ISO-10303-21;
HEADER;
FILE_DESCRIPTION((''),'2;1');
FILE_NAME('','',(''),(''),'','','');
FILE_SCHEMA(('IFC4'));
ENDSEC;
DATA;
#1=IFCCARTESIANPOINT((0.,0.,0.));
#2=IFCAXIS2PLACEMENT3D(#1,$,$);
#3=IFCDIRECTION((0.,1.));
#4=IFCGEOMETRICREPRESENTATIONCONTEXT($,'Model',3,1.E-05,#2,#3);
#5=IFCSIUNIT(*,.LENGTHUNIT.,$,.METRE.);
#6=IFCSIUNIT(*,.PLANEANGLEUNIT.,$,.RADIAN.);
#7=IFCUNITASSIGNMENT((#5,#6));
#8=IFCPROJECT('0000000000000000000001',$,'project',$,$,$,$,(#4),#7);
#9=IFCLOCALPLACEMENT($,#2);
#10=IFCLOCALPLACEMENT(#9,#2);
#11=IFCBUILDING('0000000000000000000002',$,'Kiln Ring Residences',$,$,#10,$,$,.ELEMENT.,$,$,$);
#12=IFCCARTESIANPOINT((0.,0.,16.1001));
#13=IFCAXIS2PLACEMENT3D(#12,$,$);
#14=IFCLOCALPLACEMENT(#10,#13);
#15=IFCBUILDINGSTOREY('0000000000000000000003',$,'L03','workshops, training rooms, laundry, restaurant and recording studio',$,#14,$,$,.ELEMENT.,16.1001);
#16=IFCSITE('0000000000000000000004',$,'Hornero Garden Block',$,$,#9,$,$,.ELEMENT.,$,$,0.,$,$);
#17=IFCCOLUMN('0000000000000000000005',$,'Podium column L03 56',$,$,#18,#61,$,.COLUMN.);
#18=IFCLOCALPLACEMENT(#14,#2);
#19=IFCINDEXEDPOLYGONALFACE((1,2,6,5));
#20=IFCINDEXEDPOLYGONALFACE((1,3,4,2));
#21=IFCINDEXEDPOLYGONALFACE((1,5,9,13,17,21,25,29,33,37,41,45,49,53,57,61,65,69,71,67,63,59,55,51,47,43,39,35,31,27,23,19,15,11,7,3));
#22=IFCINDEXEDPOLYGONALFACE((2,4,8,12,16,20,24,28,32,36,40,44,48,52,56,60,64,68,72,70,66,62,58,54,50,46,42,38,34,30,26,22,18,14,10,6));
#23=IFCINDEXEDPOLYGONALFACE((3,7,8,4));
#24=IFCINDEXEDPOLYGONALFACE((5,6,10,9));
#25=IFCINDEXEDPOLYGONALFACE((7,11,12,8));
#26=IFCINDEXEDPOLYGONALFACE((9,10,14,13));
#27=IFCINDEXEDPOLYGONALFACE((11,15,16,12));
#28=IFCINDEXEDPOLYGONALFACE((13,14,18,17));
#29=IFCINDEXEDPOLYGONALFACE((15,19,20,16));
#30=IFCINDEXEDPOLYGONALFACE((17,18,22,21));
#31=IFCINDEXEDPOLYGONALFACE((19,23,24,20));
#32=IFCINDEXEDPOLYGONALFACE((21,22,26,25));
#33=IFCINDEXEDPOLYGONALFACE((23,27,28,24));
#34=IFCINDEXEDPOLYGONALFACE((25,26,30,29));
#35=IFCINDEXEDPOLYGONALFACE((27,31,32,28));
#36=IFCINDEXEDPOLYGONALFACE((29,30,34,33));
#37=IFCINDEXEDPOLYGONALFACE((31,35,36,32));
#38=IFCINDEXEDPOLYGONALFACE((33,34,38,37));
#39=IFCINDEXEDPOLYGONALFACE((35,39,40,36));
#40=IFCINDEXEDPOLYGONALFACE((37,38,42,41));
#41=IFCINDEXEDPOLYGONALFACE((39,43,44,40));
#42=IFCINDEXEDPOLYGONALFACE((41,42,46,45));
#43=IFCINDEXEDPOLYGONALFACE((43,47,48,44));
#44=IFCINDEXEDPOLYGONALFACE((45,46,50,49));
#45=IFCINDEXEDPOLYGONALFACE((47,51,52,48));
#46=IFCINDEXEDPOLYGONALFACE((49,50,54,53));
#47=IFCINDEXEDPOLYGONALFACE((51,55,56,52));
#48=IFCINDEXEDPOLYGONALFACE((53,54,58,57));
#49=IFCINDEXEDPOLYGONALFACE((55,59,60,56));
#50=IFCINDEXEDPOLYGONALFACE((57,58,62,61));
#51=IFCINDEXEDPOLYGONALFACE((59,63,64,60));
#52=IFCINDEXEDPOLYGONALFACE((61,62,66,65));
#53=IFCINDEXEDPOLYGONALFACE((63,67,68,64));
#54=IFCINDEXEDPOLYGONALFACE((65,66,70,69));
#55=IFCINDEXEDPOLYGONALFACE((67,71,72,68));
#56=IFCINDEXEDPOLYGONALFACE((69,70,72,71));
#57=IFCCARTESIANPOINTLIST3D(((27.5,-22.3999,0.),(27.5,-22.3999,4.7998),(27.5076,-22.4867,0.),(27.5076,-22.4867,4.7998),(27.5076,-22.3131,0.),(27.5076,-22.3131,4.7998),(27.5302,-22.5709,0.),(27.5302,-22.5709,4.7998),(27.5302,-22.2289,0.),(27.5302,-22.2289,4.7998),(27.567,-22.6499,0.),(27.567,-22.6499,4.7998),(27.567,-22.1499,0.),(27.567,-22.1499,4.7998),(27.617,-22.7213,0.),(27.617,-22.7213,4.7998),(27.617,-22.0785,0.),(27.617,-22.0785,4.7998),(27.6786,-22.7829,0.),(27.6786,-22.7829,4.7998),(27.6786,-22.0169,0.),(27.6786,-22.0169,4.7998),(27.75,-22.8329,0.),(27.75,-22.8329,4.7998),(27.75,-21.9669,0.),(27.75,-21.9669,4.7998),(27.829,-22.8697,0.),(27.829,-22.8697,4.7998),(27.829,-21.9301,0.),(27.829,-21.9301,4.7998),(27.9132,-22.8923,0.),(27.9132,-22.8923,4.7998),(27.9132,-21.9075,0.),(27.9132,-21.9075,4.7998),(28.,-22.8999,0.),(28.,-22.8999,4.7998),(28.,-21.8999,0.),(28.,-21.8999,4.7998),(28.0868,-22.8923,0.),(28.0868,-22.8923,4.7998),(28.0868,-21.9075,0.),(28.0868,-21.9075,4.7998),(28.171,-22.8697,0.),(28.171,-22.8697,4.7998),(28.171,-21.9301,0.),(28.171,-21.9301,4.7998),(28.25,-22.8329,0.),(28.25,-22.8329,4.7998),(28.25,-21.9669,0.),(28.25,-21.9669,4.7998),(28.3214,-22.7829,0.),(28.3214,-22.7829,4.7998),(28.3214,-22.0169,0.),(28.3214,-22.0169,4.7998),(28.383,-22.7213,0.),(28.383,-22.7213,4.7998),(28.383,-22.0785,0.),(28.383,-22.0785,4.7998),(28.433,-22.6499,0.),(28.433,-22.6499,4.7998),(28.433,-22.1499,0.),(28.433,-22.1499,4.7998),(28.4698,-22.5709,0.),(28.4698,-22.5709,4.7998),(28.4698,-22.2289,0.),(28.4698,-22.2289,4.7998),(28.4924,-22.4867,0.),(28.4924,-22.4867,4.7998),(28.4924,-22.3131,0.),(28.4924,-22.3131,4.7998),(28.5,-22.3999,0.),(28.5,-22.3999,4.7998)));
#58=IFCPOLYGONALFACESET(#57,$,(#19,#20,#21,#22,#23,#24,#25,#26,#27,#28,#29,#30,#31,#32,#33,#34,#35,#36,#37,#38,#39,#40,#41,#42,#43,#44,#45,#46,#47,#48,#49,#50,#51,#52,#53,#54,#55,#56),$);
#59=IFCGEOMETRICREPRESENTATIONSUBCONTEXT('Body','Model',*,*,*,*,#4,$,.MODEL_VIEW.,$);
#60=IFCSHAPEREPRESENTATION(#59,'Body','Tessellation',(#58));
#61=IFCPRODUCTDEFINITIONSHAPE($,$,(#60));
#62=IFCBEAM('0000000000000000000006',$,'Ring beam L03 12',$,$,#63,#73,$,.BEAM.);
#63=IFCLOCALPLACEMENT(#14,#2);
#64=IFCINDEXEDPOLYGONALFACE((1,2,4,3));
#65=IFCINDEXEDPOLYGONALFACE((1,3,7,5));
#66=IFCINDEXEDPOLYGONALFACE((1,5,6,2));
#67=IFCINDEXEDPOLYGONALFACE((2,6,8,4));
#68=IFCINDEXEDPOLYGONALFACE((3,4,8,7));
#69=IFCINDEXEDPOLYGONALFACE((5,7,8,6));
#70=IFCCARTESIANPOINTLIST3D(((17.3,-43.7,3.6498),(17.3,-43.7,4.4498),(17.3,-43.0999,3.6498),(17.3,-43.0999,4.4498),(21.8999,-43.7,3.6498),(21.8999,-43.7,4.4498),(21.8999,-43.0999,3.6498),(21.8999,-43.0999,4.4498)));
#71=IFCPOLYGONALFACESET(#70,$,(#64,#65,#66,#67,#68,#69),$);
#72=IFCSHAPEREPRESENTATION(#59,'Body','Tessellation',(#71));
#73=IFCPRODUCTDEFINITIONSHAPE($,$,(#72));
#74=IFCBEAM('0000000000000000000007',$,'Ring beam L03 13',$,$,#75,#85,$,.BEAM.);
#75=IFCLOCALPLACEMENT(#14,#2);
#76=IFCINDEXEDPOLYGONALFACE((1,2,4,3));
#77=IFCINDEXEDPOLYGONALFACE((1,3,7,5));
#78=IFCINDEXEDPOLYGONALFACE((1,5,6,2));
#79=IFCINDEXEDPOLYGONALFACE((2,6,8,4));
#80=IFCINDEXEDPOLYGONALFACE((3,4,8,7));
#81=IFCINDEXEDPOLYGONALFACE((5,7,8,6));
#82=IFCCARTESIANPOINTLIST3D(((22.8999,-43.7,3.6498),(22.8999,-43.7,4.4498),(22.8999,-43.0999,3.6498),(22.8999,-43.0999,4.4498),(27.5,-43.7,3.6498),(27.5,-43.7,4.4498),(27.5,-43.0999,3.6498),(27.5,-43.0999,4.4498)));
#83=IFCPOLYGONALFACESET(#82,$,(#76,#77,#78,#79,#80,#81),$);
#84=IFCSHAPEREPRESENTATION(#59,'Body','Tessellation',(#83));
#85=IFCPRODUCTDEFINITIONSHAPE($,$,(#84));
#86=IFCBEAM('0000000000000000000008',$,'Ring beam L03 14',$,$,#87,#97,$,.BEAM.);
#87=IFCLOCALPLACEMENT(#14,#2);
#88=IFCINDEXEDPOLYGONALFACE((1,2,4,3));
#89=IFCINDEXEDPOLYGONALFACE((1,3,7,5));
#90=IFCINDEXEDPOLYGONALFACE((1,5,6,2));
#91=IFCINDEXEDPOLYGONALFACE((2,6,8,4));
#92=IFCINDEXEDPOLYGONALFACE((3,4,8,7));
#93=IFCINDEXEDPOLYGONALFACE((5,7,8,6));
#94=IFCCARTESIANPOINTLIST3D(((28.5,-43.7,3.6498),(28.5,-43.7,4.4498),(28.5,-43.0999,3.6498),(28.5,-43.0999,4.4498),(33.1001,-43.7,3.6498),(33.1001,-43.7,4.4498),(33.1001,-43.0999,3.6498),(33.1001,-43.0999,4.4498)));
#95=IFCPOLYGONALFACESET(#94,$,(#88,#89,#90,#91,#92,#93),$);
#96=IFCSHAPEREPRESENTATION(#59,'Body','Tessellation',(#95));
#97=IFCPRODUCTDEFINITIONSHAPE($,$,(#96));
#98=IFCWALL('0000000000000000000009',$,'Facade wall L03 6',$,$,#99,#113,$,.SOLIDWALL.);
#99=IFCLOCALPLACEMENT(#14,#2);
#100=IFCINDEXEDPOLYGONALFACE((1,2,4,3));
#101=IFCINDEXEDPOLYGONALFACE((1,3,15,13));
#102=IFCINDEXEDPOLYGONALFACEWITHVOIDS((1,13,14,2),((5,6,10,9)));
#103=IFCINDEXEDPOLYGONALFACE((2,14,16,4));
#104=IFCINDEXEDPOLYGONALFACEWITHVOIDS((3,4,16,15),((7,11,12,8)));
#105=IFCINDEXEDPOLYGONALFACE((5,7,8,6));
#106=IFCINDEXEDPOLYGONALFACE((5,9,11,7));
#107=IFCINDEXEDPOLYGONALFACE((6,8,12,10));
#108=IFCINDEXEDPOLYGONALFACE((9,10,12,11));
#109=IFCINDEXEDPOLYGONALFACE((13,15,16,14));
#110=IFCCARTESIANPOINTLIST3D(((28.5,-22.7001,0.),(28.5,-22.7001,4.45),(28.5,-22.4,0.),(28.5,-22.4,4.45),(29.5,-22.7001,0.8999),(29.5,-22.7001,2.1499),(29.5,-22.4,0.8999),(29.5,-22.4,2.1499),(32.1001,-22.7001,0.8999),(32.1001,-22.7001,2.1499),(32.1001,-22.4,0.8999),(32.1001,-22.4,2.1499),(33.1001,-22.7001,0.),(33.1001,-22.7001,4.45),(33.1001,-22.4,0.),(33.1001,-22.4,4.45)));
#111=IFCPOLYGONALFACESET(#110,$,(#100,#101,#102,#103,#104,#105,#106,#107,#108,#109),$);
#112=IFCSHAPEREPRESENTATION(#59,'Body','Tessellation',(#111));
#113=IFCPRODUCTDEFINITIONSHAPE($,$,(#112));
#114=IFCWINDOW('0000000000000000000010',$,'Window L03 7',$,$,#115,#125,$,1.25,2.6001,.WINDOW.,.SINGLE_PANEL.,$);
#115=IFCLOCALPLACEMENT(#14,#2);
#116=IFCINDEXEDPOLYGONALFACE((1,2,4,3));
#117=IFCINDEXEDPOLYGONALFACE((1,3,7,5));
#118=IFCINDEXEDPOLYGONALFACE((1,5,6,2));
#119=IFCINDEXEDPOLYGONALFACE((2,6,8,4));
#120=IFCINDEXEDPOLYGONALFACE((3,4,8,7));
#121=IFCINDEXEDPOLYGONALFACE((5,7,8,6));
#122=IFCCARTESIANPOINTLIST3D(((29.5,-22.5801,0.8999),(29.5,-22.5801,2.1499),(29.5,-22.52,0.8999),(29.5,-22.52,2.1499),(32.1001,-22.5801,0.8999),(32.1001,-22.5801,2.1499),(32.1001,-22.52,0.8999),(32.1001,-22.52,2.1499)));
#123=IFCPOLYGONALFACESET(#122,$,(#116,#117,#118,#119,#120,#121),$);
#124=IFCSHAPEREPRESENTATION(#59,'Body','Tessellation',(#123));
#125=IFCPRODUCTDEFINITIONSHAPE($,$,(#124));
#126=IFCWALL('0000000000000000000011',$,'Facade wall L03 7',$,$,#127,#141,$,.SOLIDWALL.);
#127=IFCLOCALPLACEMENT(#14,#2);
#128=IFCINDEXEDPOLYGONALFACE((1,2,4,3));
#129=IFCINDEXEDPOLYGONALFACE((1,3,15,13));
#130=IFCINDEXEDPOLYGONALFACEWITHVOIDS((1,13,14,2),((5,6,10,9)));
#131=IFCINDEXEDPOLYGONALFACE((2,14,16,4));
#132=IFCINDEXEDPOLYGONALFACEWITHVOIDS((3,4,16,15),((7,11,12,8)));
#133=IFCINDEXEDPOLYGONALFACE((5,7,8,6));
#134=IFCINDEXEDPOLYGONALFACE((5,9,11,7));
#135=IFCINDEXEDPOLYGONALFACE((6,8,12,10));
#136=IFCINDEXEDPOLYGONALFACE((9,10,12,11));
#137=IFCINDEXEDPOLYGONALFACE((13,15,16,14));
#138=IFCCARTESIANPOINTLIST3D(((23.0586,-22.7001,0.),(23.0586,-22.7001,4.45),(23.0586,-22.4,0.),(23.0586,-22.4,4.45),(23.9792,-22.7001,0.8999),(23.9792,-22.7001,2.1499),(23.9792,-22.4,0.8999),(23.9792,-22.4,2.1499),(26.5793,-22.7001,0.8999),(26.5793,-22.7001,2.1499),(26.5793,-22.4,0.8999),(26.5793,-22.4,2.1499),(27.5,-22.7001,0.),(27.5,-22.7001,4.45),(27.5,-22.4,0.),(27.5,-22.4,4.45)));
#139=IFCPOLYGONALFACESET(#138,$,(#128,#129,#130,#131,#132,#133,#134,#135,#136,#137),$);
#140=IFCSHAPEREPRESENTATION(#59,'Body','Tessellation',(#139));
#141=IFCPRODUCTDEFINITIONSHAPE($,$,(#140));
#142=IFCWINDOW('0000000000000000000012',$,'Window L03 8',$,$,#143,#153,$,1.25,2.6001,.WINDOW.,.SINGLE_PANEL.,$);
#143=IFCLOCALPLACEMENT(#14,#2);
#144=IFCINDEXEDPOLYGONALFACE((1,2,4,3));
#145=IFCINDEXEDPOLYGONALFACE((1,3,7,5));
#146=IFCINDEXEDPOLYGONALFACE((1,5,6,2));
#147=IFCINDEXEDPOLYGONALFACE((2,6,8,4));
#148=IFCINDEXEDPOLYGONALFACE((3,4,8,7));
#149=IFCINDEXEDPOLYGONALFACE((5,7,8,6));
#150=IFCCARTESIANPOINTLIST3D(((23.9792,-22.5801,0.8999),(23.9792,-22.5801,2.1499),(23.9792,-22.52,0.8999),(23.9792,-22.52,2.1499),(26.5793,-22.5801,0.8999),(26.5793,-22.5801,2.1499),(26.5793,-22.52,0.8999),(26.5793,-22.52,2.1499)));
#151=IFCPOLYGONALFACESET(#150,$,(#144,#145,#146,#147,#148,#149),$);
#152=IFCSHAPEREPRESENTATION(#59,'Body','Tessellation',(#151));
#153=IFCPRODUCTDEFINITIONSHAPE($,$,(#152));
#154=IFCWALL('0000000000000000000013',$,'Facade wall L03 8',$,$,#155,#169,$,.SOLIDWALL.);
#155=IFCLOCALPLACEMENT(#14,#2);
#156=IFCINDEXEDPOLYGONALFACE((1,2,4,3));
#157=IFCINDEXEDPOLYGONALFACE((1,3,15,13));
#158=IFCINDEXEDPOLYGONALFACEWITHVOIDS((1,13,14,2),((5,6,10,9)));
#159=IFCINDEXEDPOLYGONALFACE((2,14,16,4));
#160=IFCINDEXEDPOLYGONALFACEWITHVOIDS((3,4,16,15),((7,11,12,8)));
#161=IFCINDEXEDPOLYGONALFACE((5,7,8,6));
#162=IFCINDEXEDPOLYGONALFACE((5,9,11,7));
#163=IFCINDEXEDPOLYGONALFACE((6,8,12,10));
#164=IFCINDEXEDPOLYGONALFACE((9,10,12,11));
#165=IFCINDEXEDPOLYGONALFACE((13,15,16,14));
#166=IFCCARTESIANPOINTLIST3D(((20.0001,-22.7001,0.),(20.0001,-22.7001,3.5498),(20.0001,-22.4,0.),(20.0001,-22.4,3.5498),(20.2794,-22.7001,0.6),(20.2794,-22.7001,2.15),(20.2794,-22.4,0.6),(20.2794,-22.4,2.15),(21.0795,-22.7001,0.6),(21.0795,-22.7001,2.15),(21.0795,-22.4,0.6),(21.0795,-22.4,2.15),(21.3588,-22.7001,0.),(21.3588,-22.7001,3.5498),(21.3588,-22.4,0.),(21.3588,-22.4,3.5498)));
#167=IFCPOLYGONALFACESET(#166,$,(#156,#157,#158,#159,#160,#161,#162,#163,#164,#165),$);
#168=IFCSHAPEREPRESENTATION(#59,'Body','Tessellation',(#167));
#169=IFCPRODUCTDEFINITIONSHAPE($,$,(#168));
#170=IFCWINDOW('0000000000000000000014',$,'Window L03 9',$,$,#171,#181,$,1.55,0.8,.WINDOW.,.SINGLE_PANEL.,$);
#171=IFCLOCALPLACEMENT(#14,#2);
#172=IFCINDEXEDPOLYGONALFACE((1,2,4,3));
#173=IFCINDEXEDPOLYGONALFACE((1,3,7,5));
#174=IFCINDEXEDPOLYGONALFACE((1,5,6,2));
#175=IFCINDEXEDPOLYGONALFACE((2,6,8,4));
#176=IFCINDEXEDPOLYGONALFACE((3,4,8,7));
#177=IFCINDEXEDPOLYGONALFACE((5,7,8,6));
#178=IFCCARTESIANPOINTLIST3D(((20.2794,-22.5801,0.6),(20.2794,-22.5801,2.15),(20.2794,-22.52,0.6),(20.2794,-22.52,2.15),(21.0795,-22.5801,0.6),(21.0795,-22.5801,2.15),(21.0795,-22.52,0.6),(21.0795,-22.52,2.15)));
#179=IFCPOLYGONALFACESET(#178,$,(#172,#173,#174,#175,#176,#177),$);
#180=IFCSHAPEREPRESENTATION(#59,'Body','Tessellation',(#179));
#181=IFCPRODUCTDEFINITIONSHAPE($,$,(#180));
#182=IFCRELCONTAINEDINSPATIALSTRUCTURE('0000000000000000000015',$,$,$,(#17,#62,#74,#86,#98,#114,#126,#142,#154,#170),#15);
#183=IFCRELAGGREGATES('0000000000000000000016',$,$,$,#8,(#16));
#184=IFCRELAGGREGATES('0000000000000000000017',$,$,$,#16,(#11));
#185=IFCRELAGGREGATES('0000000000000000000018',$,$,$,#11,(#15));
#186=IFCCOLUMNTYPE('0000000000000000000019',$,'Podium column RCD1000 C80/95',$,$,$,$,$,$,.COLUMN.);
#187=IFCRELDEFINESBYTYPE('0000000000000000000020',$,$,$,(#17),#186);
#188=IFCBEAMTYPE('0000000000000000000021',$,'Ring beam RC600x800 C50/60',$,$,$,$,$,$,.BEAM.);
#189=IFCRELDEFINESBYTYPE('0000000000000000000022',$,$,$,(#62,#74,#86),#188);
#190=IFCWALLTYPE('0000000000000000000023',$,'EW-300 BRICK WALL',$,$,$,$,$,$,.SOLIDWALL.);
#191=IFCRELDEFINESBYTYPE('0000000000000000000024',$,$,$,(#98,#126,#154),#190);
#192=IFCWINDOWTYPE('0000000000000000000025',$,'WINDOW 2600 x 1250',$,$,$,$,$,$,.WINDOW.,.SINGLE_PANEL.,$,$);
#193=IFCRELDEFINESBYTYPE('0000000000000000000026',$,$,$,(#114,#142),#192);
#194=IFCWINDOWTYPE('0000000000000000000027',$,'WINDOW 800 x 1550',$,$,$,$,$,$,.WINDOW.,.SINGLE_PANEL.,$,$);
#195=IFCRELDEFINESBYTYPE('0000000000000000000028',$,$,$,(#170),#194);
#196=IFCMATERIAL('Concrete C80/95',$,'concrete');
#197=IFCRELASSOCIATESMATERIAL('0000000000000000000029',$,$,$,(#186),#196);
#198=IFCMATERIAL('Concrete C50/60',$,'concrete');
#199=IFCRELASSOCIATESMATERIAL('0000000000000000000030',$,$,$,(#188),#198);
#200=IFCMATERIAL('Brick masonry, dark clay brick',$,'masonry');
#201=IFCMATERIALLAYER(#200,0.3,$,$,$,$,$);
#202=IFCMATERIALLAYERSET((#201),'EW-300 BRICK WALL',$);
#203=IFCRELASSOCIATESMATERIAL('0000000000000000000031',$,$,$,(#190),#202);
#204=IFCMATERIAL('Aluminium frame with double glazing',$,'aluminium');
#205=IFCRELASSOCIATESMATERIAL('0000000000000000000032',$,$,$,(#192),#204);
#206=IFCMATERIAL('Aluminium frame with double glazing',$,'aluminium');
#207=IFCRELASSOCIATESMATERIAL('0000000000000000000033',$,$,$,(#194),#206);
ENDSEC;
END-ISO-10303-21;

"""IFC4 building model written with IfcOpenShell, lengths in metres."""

from ifc_helpers import new_model, si_unit, direction, frame, frame_2d, origin, origin_2d, place, context, subcontext, project, spatial, rectangle, circle, extrude, material, layer, layer_set, material_profile, profile_set, type_object, element, fill, save


model = new_model("IFC4")

# Units and contexts
model_context = context("Model", 3, precision=1e-05, world=origin(), true_north=direction((0.0, 1.0)))
body_context = subcontext(model_context, "Body", "Model", "MODEL_VIEW")
ifc_project = project(units=[si_unit("LENGTHUNIT", "METRE"), si_unit("PLANEANGLEUNIT", "RADIAN")], contexts=[model_context])

# Site, building, storey
site_placement = place(None, origin())
site = spatial("IfcSite", under=ifc_project, at=site_placement, Name="Hornero Garden Block", CompositionType="ELEMENT", RefElevation=0.0)
building_placement = place(site_placement, origin())
building = spatial("IfcBuilding", under=site, at=building_placement, Name="Kiln Ring Residences", CompositionType="ELEMENT")
storey_placement = place(building_placement, frame((0.0, 0.0, 16.1001)))
storey = spatial("IfcBuildingStorey", under=building, at=storey_placement, Name="L03", Description="workshops, training rooms, laundry, restaurant and recording studio", CompositionType="ELEMENT", Elevation=16.1001)

# Column
ifc_material_1 = material(Name="Concrete C80/95", Category="concrete")
ifc_material_profile_1 = material_profile(ifc_material_1, circle(Radius=0.5, at=origin_2d()), Name="RCD1000")
ifc_profile_set_1 = profile_set([ifc_material_profile_1], Name="Concrete C80/95")
column_type_1 = type_object("IfcColumnType", Name="Podium column RCD1000 C80/95", PredefinedType="COLUMN", material=ifc_profile_set_1)
for number, where, z_axis, x_axis, name in (
    (1, (28.0, -22.3999, 0.0), (0.0, 0.0, 1.0), (1.0, 0.0, 0.0), "Podium column L03 56"),
):
    element("IfcColumn", number, at=place(storey_placement, frame(where, z_axis=z_axis, x_axis=x_axis)), inside=storey, type_object=column_type_1, Name=name, PredefinedType="COLUMN", context=body_context, shape_type="SweptSolid", body=[
        extrude(circle(Radius=0.5, at=origin_2d()), origin(), (0.0, 0.0, 1.0), 4.7998),
    ])

# Beams
ifc_material_2 = material(Name="Concrete C50/60", Category="concrete")
ifc_material_profile_2 = material_profile(ifc_material_2, rectangle(XDim=0.6001, YDim=0.8, at=origin_2d()), Name="RC600x800")
ifc_profile_set_2 = profile_set([ifc_material_profile_2], Name="Concrete C50/60")
beam_type = type_object("IfcBeamType", Name="Ring beam RC600x800 C50/60", PredefinedType="BEAM", material=ifc_profile_set_2)
beam_placement = place(storey_placement, frame((17.3, -43.3999, 4.0498), z_axis=(1.0, 0.0, 0.0), x_axis=(0.0, 1.0, 0.0)))
element("IfcBeam", 2, at=beam_placement, inside=storey, type_object=beam_type, Name="Ring beam L03 12", PredefinedType="BEAM", context=body_context, shape_type="SweptSolid", body=[
    extrude(rectangle(XDim=0.6001, YDim=0.8, at=origin_2d()), origin(), (0.0, 0.0, 1.0), 4.5999),
])
for number, where, z_axis, x_axis, name in (
    (3, (22.8999, -43.3999, 4.0498), (1.0, 0.0, 0.0), (0.0, 1.0, 0.0), "Ring beam L03 13"),
    (4, (28.5, -43.3999, 4.0498), (1.0, 0.0, 0.0), (0.0, 1.0, 0.0), "Ring beam L03 14"),
):
    element("IfcBeam", number, at=place(storey_placement, frame(where, z_axis=z_axis, x_axis=x_axis)), inside=storey, type_object=beam_type, Name=name, PredefinedType="BEAM", context=body_context, shape_type="SweptSolid", body=[
        extrude(rectangle(XDim=0.6001, YDim=0.8, at=origin_2d()), origin(), (0.0, 0.0, 1.0), 4.6001),
    ])

# Walls, openings, windows
ifc_material_3 = material(Name="Brick masonry, dark clay brick", Category="masonry")
ifc_layer_1 = layer(ifc_material_3, 0.3)
ifc_layer_set_1 = layer_set([ifc_layer_1], Name="EW-300 BRICK WALL")
wall_type_1 = type_object("IfcWallType", Name="EW-300 BRICK WALL", PredefinedType="SOLIDWALL", material=ifc_layer_set_1)
wall_1_placement = place(storey_placement, frame((33.1001, -22.55, 0.0), z_axis=(0.0, 0.0, 1.0), x_axis=(-1.0, 0.0, 0.0)))
wall_1 = element("IfcWall", 5, at=wall_1_placement, inside=storey, type_object=wall_type_1, Name="Facade wall L03 6", PredefinedType="SOLIDWALL", context=body_context, shape_type="SweptSolid", body=[
    extrude(rectangle(XDim=4.6001, YDim=0.3, at=frame_2d((2.3, 0.0))), origin(), (0.0, 0.0, 1.0), 4.45),
])
opening_1_placement = place(wall_1_placement, frame((1.0, 0.0, 0.8999)))
opening_1 = element("IfcOpeningElement", 6, at=opening_1_placement, cuts=wall_1, PredefinedType="OPENING", context=body_context, shape_type="SweptSolid", body=[
    extrude(rectangle(XDim=2.6001, YDim=1.25, at=frame_2d((1.3, 0.625))), frame((0.0, 0.1599, 0.0), z_axis=(0.0, -1.0, 0.0), x_axis=(1.0, 0.0, 0.0)), (0.0, 0.0, 1.0), 0.3201),
])
ifc_material_4 = material(Name="Aluminium frame with double glazing", Category="aluminium")
window_type_1 = type_object("IfcWindowType", Name="WINDOW 2600 x 1250", PartitioningType="SINGLE_PANEL", PredefinedType="WINDOW", material=ifc_material_4)
window_1_placement = place(opening_1_placement, origin())
window_1 = element("IfcWindow", 7, at=window_1_placement, inside=storey, type_object=window_type_1, Name="Window L03 7", OverallHeight=1.25, OverallWidth=2.6001, PartitioningType="SINGLE_PANEL", PredefinedType="WINDOW", context=body_context, shape_type="SweptSolid", body=[
    extrude(rectangle(XDim=2.6001, YDim=1.25, at=frame_2d((1.3, 0.625))), frame((0.0, 0.03, 0.0), z_axis=(0.0, -1.0, 0.0), x_axis=(1.0, 0.0, 0.0)), (0.0, 0.0, 1.0), 0.0601),
])
fill(opening_1, window_1)
wall_2_placement = place(storey_placement, frame((27.5, -22.55, 0.0), z_axis=(0.0, 0.0, 1.0), x_axis=(-1.0, 0.0, 0.0)))
wall_2 = element("IfcWall", 8, at=wall_2_placement, inside=storey, type_object=wall_type_1, Name="Facade wall L03 7", PredefinedType="SOLIDWALL", context=body_context, shape_type="SweptSolid", body=[
    extrude(rectangle(XDim=4.4414, YDim=0.3, at=frame_2d((2.2207, 0.0))), origin(), (0.0, 0.0, 1.0), 4.45),
])
opening_2_placement = place(wall_2_placement, frame((0.9207, 0.0, 0.8999)))
opening_2 = element("IfcOpeningElement", 9, at=opening_2_placement, cuts=wall_2, PredefinedType="OPENING", context=body_context, shape_type="SweptSolid", body=[
    extrude(rectangle(XDim=2.6001, YDim=1.25, at=frame_2d((1.3, 0.625))), frame((0.0, 0.1599, 0.0), z_axis=(0.0, -1.0, 0.0), x_axis=(1.0, 0.0, 0.0)), (0.0, 0.0, 1.0), 0.3201),
])
window_2_placement = place(opening_2_placement, origin())
window_2 = element("IfcWindow", 10, at=window_2_placement, inside=storey, type_object=window_type_1, Name="Window L03 8", OverallHeight=1.25, OverallWidth=2.6001, PartitioningType="SINGLE_PANEL", PredefinedType="WINDOW", context=body_context, shape_type="SweptSolid", body=[
    extrude(rectangle(XDim=2.6001, YDim=1.25, at=frame_2d((1.3, 0.625))), frame((0.0, 0.03, 0.0), z_axis=(0.0, -1.0, 0.0), x_axis=(1.0, 0.0, 0.0)), (0.0, 0.0, 1.0), 0.0601),
])
fill(opening_2, window_2)
wall_3_placement = place(storey_placement, frame((21.3586, -22.55, 0.0), z_axis=(0.0, 0.0, 1.0), x_axis=(-1.0, 0.0, 0.0)))
wall_3 = element("IfcWall", 11, at=wall_3_placement, inside=storey, type_object=wall_type_1, Name="Facade wall L03 8", PredefinedType="SOLIDWALL", context=body_context, shape_type="SweptSolid", body=[
    extrude(rectangle(XDim=1.3586, YDim=0.3, at=frame_2d((0.6792, 0.0))), origin(), (0.0, 0.0, 1.0), 3.5498),
])
opening_3_placement = place(wall_3_placement, frame((0.2793, 0.0, 0.6001)))
opening_3 = element("IfcOpeningElement", 12, at=opening_3_placement, cuts=wall_3, PredefinedType="OPENING", context=body_context, shape_type="SweptSolid", body=[
    extrude(rectangle(XDim=0.8, YDim=1.55, at=frame_2d((0.3999, 0.7749))), frame((0.0, 0.1599, 0.0), z_axis=(0.0, -1.0, 0.0), x_axis=(1.0, 0.0, 0.0)), (0.0, 0.0, 1.0), 0.3201),
])
ifc_material_5 = material(Name="Aluminium frame with double glazing", Category="aluminium")
window_type_2 = type_object("IfcWindowType", Name="WINDOW 800 x 1550", PartitioningType="SINGLE_PANEL", PredefinedType="WINDOW", material=ifc_material_5)
window_3_placement = place(opening_3_placement, origin())
window_3 = element("IfcWindow", 13, at=window_3_placement, inside=storey, type_object=window_type_2, Name="Window L03 9", OverallHeight=1.55, OverallWidth=0.8, PartitioningType="SINGLE_PANEL", PredefinedType="WINDOW", context=body_context, shape_type="SweptSolid", body=[
    extrude(rectangle(XDim=0.8, YDim=1.55, at=frame_2d((0.3999, 0.7749))), frame((0.0, 0.03, 0.0), z_axis=(0.0, -1.0, 0.0), x_axis=(1.0, 0.0, 0.0)), (0.0, 0.0, 1.0), 0.0601),
])
fill(opening_3, window_3)

save(model, "model.ifc")
